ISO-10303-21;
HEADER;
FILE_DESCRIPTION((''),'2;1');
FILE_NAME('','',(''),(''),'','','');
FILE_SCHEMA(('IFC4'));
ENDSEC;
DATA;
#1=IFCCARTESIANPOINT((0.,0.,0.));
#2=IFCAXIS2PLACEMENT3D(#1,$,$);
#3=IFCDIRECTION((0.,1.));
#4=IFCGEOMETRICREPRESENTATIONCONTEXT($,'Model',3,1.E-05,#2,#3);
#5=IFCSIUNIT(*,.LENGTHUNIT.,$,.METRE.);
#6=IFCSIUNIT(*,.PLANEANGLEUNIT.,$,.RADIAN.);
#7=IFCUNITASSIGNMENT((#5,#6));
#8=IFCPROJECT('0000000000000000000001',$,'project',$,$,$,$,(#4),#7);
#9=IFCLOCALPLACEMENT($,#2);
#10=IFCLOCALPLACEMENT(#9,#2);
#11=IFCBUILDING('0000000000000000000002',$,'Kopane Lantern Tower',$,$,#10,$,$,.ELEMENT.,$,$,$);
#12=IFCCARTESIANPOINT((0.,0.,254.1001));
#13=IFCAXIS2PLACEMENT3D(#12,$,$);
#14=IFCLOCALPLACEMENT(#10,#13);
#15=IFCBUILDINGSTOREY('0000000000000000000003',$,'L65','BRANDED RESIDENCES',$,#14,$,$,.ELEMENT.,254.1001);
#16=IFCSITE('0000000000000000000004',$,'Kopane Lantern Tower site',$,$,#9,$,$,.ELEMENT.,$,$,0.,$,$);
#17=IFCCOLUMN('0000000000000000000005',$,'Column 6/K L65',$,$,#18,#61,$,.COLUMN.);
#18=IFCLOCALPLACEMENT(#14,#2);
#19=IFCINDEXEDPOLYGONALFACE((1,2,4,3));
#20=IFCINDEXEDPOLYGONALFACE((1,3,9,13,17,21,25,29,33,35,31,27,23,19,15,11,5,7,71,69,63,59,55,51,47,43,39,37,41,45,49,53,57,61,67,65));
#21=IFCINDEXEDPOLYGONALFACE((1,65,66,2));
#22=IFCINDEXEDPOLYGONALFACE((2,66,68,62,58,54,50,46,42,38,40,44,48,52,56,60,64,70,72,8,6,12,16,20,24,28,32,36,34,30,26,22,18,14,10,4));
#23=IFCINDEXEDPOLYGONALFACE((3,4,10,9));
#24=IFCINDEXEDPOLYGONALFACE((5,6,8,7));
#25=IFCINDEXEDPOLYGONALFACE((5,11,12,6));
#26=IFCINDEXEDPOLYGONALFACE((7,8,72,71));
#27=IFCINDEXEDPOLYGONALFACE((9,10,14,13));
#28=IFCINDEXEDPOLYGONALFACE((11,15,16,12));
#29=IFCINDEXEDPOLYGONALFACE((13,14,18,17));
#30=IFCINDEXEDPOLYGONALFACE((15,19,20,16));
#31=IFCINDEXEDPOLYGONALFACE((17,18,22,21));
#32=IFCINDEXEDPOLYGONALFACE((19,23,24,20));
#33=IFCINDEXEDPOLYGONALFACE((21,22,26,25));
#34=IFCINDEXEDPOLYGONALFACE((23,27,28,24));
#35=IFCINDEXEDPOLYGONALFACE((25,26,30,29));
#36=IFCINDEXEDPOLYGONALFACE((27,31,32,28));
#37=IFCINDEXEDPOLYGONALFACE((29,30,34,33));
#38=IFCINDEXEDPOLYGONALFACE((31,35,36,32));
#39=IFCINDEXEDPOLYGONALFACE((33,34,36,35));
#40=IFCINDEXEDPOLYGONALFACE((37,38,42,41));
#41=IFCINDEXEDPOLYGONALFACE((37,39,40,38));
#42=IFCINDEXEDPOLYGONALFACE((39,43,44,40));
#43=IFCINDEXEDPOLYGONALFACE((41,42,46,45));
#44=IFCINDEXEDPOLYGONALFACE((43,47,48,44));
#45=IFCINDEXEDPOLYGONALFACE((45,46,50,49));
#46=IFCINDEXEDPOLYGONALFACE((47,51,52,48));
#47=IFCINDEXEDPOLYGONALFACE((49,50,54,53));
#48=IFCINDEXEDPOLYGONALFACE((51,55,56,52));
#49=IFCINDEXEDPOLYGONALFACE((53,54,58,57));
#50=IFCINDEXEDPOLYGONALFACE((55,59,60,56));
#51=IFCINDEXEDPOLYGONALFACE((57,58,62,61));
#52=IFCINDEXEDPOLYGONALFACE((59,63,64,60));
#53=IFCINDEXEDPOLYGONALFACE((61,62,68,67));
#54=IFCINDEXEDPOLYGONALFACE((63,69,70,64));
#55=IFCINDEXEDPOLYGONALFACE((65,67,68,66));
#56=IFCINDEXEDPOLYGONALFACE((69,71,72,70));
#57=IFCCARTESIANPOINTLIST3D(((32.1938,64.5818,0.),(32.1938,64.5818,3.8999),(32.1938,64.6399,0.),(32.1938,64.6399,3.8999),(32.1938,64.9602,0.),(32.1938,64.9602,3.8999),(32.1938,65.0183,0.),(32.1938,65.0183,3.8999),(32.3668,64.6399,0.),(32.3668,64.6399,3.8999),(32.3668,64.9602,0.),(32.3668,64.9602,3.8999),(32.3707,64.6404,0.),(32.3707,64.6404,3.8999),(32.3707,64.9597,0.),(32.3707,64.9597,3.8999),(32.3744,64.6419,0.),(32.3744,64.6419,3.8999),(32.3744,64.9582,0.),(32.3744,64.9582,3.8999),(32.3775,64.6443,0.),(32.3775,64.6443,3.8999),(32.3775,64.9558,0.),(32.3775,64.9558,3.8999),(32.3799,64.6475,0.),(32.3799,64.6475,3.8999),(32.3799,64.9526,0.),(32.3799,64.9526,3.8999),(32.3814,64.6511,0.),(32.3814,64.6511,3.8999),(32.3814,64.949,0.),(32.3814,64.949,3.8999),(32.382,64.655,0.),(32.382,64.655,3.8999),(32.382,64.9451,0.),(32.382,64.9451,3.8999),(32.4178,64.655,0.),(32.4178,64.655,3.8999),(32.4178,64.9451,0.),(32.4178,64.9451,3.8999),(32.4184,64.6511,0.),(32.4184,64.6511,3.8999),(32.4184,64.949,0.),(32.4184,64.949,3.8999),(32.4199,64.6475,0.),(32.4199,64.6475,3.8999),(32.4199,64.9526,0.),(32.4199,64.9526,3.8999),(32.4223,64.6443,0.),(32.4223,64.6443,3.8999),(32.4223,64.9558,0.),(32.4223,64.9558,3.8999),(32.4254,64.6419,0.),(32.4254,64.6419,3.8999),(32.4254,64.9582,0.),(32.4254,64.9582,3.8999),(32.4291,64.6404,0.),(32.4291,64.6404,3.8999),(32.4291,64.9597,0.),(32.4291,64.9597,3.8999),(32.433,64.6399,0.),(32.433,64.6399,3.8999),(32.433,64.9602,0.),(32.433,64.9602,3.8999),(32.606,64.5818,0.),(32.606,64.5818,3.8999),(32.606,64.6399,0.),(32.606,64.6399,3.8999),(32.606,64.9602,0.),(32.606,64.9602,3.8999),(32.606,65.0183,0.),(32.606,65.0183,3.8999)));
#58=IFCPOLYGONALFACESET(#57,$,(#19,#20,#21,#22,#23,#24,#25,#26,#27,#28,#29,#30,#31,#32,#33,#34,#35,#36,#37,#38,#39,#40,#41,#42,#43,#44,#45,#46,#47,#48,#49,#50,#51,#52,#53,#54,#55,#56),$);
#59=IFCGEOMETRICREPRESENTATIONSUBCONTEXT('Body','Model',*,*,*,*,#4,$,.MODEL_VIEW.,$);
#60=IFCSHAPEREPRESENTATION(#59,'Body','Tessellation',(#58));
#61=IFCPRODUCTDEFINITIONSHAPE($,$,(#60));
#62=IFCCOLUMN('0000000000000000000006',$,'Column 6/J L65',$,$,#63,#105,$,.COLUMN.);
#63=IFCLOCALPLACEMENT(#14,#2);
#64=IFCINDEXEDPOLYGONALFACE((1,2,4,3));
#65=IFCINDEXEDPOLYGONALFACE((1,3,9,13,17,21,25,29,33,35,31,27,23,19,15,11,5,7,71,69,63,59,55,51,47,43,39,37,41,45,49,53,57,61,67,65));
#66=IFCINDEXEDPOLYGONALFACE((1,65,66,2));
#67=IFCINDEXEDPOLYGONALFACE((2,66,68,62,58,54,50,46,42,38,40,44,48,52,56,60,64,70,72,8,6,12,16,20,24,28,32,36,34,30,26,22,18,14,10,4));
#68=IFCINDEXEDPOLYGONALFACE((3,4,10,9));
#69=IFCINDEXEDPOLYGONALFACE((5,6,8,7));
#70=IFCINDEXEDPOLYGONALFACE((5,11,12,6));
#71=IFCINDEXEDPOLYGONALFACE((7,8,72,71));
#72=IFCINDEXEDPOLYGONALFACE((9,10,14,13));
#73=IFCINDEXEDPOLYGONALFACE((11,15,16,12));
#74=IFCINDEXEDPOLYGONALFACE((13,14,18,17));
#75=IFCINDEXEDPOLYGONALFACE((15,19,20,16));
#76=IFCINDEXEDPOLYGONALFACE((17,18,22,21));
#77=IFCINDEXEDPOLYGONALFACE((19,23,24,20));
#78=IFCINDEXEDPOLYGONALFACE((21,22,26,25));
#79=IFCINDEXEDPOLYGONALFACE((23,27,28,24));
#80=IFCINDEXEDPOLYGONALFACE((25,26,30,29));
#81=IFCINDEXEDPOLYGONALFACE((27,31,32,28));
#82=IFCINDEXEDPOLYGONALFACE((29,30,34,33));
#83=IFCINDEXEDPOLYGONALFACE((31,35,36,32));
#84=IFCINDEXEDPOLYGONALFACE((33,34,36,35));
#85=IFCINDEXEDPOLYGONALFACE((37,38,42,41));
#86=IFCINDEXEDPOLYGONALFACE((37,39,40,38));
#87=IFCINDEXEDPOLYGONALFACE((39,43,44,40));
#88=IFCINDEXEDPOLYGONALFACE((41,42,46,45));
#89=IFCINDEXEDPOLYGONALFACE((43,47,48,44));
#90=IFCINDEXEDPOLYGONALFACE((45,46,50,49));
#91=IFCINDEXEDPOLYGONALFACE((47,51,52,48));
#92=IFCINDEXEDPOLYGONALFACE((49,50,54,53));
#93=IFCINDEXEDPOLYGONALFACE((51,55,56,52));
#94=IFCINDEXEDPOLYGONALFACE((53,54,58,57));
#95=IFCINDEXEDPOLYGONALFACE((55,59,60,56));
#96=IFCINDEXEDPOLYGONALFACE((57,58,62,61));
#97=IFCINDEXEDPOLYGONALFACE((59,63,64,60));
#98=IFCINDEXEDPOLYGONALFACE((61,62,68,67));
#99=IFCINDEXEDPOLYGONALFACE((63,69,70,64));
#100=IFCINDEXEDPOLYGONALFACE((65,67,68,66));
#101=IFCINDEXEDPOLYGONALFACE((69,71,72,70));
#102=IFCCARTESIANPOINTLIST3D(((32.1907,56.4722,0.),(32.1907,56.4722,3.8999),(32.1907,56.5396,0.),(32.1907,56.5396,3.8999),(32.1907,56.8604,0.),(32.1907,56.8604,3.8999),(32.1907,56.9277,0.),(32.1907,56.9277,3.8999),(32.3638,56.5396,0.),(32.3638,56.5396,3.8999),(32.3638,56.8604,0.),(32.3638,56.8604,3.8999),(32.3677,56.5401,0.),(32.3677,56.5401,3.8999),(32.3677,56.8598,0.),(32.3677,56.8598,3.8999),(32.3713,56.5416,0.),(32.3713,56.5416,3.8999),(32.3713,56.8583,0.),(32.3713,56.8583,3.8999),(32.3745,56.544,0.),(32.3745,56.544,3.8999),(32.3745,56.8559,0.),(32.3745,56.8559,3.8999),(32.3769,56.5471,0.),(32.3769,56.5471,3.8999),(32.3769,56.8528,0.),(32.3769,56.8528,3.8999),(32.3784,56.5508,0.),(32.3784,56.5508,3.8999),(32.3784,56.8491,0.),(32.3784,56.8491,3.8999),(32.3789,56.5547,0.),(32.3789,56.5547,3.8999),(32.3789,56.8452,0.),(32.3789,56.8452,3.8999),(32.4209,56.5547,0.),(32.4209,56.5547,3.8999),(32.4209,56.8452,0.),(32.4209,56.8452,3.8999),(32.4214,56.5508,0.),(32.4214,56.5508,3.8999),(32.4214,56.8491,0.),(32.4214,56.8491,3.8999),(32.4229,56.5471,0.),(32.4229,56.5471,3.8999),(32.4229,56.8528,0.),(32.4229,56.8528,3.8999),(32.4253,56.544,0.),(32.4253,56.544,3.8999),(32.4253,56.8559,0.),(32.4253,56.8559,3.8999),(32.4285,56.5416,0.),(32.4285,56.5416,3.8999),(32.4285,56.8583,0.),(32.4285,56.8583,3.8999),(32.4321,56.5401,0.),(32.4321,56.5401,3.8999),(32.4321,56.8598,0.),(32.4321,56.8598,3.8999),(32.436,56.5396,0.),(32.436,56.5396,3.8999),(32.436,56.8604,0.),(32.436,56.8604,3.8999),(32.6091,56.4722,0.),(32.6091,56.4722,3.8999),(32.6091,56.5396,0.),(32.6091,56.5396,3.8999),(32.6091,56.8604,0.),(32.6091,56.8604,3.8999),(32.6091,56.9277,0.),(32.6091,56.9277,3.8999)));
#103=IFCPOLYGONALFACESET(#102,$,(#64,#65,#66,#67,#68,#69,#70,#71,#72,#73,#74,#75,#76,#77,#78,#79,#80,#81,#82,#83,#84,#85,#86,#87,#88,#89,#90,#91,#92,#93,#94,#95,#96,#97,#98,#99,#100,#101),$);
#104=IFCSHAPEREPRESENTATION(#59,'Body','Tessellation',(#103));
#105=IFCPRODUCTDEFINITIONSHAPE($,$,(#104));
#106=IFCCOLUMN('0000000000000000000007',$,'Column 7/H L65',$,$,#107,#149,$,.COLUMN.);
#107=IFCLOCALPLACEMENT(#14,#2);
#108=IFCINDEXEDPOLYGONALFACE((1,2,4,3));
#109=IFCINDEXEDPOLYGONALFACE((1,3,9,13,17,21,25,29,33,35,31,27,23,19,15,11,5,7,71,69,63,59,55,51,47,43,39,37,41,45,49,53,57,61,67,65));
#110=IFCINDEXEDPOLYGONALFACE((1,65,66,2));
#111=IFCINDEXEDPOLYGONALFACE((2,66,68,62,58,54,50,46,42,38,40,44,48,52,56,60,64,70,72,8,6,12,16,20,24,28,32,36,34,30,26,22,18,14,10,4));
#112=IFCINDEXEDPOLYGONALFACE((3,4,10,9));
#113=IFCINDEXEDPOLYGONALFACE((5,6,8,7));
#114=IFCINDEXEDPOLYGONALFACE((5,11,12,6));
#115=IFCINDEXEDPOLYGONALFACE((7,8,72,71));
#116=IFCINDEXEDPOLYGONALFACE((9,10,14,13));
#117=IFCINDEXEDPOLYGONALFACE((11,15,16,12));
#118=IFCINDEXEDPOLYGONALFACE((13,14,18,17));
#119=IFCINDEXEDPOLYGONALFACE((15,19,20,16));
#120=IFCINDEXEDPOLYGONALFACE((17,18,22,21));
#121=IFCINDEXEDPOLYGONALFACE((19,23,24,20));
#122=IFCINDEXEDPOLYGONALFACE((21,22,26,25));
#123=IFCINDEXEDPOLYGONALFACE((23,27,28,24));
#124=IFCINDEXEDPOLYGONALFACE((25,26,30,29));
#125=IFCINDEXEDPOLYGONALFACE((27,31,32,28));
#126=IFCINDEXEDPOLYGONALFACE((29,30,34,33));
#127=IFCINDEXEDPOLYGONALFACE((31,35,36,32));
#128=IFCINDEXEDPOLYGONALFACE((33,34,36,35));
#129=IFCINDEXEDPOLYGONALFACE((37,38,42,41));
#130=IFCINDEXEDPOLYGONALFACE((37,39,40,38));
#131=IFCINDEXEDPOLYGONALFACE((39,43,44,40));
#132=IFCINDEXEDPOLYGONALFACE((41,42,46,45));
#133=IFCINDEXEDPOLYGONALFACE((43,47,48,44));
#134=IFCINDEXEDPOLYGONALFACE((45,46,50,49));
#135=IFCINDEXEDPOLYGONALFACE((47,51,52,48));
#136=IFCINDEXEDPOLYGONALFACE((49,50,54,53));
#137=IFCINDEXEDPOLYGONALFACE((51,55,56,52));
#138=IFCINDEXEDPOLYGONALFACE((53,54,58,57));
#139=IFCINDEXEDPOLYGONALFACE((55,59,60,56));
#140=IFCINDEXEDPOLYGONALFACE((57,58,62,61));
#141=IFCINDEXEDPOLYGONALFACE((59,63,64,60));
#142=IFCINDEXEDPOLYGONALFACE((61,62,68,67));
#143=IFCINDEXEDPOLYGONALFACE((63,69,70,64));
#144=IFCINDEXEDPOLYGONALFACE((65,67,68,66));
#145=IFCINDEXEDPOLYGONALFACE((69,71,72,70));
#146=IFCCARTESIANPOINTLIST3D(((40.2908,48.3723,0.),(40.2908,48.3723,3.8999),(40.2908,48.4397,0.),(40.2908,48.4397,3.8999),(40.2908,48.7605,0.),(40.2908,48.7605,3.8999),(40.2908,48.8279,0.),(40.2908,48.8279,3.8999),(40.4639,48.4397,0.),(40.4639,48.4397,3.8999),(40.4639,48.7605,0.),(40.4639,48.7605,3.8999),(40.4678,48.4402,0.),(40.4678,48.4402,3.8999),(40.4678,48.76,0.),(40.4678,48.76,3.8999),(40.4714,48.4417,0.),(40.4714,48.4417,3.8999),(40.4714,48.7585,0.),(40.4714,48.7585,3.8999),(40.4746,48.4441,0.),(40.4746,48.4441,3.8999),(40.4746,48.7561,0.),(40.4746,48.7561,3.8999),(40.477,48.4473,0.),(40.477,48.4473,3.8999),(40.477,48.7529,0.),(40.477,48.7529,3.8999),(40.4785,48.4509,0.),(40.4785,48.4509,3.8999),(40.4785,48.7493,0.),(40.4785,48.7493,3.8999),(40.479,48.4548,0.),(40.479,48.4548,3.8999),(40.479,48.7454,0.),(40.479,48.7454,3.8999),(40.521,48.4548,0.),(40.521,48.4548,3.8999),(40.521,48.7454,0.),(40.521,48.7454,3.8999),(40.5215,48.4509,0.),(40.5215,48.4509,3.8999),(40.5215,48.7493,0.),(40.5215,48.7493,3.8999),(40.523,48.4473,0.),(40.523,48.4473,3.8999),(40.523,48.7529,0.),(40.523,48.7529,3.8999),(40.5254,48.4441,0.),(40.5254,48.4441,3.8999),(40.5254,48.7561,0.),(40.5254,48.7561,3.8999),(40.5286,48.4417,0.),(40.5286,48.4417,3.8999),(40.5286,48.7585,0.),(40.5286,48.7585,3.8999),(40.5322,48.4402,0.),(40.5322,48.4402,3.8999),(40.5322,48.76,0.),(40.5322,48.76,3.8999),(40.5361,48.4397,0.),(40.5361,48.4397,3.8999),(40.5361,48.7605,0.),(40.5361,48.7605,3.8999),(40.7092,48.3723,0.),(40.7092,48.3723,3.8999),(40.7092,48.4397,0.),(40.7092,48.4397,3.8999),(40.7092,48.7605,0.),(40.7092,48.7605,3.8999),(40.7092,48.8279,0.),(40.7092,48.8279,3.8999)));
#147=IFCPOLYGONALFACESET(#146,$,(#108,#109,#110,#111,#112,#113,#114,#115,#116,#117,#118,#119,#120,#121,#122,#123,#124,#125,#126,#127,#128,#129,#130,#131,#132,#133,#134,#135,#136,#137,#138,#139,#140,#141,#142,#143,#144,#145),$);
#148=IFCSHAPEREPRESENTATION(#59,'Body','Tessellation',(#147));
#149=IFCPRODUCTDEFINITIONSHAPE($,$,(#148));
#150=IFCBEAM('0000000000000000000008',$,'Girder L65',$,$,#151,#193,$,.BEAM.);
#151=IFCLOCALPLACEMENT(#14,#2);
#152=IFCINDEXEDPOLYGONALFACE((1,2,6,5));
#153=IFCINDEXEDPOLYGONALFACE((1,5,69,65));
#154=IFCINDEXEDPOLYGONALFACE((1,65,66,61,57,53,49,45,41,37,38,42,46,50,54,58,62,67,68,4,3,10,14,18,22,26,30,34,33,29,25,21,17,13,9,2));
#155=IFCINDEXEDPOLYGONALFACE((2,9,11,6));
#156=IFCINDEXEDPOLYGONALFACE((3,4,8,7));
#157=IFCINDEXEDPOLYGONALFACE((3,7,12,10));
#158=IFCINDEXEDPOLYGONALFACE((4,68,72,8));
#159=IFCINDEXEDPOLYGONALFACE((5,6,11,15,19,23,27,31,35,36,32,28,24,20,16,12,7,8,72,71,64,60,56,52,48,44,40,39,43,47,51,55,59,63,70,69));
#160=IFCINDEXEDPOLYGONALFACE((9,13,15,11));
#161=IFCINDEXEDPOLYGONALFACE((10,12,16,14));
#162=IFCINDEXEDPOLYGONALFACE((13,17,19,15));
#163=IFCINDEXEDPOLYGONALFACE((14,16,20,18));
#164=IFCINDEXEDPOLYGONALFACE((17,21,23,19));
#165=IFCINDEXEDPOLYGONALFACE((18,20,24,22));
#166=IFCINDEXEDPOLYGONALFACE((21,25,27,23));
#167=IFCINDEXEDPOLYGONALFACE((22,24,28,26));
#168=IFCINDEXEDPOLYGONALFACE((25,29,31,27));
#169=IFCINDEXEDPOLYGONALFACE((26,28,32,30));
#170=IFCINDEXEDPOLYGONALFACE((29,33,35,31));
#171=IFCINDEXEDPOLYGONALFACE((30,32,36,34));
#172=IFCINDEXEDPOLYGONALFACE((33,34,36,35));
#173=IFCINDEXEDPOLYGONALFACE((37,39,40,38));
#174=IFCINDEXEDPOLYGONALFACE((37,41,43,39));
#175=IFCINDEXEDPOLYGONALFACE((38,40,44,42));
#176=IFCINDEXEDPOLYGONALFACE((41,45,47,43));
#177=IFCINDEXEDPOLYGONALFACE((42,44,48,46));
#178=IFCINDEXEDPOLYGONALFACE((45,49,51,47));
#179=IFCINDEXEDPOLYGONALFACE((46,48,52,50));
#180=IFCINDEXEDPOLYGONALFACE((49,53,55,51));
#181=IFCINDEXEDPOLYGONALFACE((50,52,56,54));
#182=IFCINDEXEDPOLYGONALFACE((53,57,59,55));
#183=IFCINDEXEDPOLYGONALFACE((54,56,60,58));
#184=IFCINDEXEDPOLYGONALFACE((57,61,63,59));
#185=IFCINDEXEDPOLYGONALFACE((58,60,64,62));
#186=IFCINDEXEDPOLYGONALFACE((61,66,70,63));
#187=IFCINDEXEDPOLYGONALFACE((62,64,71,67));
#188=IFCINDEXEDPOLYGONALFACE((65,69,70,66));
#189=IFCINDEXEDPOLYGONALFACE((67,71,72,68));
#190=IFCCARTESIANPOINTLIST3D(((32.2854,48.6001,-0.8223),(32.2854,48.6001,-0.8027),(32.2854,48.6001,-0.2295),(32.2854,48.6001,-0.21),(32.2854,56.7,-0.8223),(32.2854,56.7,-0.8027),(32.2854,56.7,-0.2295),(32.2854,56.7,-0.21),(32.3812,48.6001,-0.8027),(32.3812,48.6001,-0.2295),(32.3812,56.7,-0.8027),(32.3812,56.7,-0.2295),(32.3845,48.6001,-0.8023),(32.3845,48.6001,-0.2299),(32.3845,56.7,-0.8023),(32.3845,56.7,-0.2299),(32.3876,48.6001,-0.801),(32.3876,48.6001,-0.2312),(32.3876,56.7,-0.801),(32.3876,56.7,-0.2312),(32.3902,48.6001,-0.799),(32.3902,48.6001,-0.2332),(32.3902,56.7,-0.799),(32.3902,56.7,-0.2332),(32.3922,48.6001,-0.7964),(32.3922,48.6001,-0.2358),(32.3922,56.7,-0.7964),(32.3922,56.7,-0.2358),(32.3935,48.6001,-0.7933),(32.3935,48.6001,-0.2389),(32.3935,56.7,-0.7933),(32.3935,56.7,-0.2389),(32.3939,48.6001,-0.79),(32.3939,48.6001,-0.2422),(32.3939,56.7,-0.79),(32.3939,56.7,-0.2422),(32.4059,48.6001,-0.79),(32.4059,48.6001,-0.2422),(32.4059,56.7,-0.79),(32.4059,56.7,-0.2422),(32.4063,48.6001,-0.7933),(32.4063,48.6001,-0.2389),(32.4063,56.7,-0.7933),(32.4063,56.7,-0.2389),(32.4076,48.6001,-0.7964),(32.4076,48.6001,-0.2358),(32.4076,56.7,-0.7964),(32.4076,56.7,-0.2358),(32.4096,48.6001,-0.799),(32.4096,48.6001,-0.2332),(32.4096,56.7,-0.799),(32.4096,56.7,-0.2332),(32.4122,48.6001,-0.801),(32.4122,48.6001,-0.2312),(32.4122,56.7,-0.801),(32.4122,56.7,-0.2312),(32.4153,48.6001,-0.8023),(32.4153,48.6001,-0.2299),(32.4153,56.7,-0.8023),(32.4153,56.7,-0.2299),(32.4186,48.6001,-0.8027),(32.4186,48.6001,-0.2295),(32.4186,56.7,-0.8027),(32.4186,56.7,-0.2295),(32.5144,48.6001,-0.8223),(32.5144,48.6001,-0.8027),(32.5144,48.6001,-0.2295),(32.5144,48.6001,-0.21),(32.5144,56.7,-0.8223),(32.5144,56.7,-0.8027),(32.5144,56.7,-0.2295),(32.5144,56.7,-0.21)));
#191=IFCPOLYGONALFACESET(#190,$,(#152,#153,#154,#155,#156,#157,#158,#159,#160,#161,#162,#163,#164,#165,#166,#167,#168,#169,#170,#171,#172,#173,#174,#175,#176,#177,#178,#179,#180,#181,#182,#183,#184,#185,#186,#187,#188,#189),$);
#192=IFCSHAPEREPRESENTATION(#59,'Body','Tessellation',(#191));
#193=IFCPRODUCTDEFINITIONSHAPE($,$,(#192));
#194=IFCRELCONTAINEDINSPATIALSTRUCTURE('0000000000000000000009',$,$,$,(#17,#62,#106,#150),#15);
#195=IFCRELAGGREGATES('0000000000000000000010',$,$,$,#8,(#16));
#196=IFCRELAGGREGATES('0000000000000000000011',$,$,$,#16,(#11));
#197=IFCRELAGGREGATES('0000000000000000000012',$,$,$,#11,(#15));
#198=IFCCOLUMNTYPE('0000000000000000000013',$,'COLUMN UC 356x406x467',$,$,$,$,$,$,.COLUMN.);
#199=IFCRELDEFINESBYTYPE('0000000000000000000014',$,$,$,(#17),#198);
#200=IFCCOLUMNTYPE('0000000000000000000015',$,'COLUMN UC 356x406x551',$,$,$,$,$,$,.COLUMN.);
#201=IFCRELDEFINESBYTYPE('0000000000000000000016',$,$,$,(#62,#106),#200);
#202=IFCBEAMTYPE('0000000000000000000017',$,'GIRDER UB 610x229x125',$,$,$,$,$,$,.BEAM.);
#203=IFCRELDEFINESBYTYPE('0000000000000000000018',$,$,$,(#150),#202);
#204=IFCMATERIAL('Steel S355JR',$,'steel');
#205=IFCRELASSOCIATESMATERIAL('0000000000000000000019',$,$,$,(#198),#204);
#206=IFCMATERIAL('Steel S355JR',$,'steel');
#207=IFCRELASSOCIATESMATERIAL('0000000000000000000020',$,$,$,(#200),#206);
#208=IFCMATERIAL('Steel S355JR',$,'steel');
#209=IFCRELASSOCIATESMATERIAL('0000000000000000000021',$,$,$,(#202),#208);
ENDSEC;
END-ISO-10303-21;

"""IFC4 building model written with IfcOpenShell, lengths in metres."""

from ifc_helpers import new_model, si_unit, direction, frame, origin, origin_2d, place, context, subcontext, project, spatial, i_section, extrude, material, material_profile, profile_set, type_object, element, save


model = new_model("IFC4")

# Units and contexts
model_context = context("Model", 3, precision=1e-05, world=origin(), true_north=direction((0.0, 1.0)))
body_context = subcontext(model_context, "Body", "Model", "MODEL_VIEW")
ifc_project = project(units=[si_unit("LENGTHUNIT", "METRE"), si_unit("PLANEANGLEUNIT", "RADIAN")], contexts=[model_context])

# Site, building, storey
site_placement = place(None, origin())
site = spatial("IfcSite", under=ifc_project, at=site_placement, Name="Kopane Lantern Tower site", CompositionType="ELEMENT", RefElevation=0.0)
building_placement = place(site_placement, origin())
building = spatial("IfcBuilding", under=site, at=building_placement, Name="Kopane Lantern Tower", CompositionType="ELEMENT")
storey_placement = place(building_placement, frame((0.0, 0.0, 254.1001)))
storey = spatial("IfcBuildingStorey", under=building, at=storey_placement, Name="L65", Description="BRANDED RESIDENCES", CompositionType="ELEMENT", Elevation=254.1001)

# Columns
ifc_material_1 = material(Name="Steel S355JR", Category="steel")
ifc_material_profile_1 = material_profile(ifc_material_1, i_section(OverallWidth=0.4121, OverallDepth=0.4365, WebThickness=0.0359, FlangeThickness=0.0581, FilletRadius=0.0151, at=origin_2d()), Name="UC 356x406x467")
ifc_profile_set_1 = profile_set([ifc_material_profile_1], Name="Steel S355JR")
column_type_1 = type_object("IfcColumnType", Name="COLUMN UC 356x406x467", PredefinedType="COLUMN", material=ifc_profile_set_1)
column_placement = place(storey_placement, frame((32.3999, 64.8, 0.0), z_axis=(0.0, 0.0, 1.0), x_axis=(1.0, 0.0, 0.0)))
element("IfcColumn", 1, at=column_placement, inside=storey, type_object=column_type_1, Name="Column 6/K L65", PredefinedType="COLUMN", context=body_context, shape_type="SweptSolid", body=[
    extrude(i_section(OverallWidth=0.4121, OverallDepth=0.4365, WebThickness=0.0359, FlangeThickness=0.0581, FilletRadius=0.0151, at=origin_2d()), origin(), (0.0, 0.0, 1.0), 3.8999),
])
ifc_material_2 = material(Name="Steel S355JR", Category="steel")
ifc_material_profile_2 = material_profile(ifc_material_2, i_section(OverallWidth=0.4185, OverallDepth=0.4556, WebThickness=0.042, FlangeThickness=0.0674, FilletRadius=0.0151, at=origin_2d()), Name="UC 356x406x551")
ifc_profile_set_2 = profile_set([ifc_material_profile_2], Name="Steel S355JR")
column_type_2 = type_object("IfcColumnType", Name="COLUMN UC 356x406x551", PredefinedType="COLUMN", material=ifc_profile_set_2)
for number, where, z_axis, x_axis, name in (
    (2, (32.3999, 56.7, 0.0), (0.0, 0.0, 1.0), (1.0, 0.0, 0.0), "Column 6/J L65"),
    (3, (40.5, 48.6001, 0.0), (0.0, 0.0, 1.0), (1.0, 0.0, 0.0), "Column 7/H L65"),
):
    element("IfcColumn", number, at=place(storey_placement, frame(where, z_axis=z_axis, x_axis=x_axis)), inside=storey, type_object=column_type_2, Name=name, PredefinedType="COLUMN", context=body_context, shape_type="SweptSolid", body=[
        extrude(i_section(OverallWidth=0.4185, OverallDepth=0.4556, WebThickness=0.042, FlangeThickness=0.0674, FilletRadius=0.0151, at=origin_2d()), origin(), (0.0, 0.0, 1.0), 3.8999),
    ])

# Beam
ifc_material_3 = material(Name="Steel S355JR", Category="steel")
ifc_material_profile_3 = material_profile(ifc_material_3, i_section(OverallWidth=0.229, OverallDepth=0.6123, WebThickness=0.012, FlangeThickness=0.0195, FilletRadius=0.0127, at=origin_2d()), Name="UB 610x229x125")
ifc_profile_set_3 = profile_set([ifc_material_profile_3], Name="Steel S355JR")
beam_type = type_object("IfcBeamType", Name="GIRDER UB 610x229x125", PredefinedType="BEAM", material=ifc_profile_set_3)
beam_1_placement = place(storey_placement, frame((32.3999, 48.6001, -0.5161), z_axis=(0.0, 1.0, 0.0), x_axis=(-1.0, 0.0, 0.0)))
element("IfcBeam", 4, at=beam_1_placement, inside=storey, type_object=beam_type, Name="Girder L65", PredefinedType="BEAM", context=body_context, shape_type="SweptSolid", body=[
    extrude(i_section(OverallWidth=0.229, OverallDepth=0.6123, WebThickness=0.012, FlangeThickness=0.0195, FilletRadius=0.0127, at=origin_2d()), origin(), (0.0, 0.0, 1.0), 8.0999),
])

save(model, "model.ifc")
